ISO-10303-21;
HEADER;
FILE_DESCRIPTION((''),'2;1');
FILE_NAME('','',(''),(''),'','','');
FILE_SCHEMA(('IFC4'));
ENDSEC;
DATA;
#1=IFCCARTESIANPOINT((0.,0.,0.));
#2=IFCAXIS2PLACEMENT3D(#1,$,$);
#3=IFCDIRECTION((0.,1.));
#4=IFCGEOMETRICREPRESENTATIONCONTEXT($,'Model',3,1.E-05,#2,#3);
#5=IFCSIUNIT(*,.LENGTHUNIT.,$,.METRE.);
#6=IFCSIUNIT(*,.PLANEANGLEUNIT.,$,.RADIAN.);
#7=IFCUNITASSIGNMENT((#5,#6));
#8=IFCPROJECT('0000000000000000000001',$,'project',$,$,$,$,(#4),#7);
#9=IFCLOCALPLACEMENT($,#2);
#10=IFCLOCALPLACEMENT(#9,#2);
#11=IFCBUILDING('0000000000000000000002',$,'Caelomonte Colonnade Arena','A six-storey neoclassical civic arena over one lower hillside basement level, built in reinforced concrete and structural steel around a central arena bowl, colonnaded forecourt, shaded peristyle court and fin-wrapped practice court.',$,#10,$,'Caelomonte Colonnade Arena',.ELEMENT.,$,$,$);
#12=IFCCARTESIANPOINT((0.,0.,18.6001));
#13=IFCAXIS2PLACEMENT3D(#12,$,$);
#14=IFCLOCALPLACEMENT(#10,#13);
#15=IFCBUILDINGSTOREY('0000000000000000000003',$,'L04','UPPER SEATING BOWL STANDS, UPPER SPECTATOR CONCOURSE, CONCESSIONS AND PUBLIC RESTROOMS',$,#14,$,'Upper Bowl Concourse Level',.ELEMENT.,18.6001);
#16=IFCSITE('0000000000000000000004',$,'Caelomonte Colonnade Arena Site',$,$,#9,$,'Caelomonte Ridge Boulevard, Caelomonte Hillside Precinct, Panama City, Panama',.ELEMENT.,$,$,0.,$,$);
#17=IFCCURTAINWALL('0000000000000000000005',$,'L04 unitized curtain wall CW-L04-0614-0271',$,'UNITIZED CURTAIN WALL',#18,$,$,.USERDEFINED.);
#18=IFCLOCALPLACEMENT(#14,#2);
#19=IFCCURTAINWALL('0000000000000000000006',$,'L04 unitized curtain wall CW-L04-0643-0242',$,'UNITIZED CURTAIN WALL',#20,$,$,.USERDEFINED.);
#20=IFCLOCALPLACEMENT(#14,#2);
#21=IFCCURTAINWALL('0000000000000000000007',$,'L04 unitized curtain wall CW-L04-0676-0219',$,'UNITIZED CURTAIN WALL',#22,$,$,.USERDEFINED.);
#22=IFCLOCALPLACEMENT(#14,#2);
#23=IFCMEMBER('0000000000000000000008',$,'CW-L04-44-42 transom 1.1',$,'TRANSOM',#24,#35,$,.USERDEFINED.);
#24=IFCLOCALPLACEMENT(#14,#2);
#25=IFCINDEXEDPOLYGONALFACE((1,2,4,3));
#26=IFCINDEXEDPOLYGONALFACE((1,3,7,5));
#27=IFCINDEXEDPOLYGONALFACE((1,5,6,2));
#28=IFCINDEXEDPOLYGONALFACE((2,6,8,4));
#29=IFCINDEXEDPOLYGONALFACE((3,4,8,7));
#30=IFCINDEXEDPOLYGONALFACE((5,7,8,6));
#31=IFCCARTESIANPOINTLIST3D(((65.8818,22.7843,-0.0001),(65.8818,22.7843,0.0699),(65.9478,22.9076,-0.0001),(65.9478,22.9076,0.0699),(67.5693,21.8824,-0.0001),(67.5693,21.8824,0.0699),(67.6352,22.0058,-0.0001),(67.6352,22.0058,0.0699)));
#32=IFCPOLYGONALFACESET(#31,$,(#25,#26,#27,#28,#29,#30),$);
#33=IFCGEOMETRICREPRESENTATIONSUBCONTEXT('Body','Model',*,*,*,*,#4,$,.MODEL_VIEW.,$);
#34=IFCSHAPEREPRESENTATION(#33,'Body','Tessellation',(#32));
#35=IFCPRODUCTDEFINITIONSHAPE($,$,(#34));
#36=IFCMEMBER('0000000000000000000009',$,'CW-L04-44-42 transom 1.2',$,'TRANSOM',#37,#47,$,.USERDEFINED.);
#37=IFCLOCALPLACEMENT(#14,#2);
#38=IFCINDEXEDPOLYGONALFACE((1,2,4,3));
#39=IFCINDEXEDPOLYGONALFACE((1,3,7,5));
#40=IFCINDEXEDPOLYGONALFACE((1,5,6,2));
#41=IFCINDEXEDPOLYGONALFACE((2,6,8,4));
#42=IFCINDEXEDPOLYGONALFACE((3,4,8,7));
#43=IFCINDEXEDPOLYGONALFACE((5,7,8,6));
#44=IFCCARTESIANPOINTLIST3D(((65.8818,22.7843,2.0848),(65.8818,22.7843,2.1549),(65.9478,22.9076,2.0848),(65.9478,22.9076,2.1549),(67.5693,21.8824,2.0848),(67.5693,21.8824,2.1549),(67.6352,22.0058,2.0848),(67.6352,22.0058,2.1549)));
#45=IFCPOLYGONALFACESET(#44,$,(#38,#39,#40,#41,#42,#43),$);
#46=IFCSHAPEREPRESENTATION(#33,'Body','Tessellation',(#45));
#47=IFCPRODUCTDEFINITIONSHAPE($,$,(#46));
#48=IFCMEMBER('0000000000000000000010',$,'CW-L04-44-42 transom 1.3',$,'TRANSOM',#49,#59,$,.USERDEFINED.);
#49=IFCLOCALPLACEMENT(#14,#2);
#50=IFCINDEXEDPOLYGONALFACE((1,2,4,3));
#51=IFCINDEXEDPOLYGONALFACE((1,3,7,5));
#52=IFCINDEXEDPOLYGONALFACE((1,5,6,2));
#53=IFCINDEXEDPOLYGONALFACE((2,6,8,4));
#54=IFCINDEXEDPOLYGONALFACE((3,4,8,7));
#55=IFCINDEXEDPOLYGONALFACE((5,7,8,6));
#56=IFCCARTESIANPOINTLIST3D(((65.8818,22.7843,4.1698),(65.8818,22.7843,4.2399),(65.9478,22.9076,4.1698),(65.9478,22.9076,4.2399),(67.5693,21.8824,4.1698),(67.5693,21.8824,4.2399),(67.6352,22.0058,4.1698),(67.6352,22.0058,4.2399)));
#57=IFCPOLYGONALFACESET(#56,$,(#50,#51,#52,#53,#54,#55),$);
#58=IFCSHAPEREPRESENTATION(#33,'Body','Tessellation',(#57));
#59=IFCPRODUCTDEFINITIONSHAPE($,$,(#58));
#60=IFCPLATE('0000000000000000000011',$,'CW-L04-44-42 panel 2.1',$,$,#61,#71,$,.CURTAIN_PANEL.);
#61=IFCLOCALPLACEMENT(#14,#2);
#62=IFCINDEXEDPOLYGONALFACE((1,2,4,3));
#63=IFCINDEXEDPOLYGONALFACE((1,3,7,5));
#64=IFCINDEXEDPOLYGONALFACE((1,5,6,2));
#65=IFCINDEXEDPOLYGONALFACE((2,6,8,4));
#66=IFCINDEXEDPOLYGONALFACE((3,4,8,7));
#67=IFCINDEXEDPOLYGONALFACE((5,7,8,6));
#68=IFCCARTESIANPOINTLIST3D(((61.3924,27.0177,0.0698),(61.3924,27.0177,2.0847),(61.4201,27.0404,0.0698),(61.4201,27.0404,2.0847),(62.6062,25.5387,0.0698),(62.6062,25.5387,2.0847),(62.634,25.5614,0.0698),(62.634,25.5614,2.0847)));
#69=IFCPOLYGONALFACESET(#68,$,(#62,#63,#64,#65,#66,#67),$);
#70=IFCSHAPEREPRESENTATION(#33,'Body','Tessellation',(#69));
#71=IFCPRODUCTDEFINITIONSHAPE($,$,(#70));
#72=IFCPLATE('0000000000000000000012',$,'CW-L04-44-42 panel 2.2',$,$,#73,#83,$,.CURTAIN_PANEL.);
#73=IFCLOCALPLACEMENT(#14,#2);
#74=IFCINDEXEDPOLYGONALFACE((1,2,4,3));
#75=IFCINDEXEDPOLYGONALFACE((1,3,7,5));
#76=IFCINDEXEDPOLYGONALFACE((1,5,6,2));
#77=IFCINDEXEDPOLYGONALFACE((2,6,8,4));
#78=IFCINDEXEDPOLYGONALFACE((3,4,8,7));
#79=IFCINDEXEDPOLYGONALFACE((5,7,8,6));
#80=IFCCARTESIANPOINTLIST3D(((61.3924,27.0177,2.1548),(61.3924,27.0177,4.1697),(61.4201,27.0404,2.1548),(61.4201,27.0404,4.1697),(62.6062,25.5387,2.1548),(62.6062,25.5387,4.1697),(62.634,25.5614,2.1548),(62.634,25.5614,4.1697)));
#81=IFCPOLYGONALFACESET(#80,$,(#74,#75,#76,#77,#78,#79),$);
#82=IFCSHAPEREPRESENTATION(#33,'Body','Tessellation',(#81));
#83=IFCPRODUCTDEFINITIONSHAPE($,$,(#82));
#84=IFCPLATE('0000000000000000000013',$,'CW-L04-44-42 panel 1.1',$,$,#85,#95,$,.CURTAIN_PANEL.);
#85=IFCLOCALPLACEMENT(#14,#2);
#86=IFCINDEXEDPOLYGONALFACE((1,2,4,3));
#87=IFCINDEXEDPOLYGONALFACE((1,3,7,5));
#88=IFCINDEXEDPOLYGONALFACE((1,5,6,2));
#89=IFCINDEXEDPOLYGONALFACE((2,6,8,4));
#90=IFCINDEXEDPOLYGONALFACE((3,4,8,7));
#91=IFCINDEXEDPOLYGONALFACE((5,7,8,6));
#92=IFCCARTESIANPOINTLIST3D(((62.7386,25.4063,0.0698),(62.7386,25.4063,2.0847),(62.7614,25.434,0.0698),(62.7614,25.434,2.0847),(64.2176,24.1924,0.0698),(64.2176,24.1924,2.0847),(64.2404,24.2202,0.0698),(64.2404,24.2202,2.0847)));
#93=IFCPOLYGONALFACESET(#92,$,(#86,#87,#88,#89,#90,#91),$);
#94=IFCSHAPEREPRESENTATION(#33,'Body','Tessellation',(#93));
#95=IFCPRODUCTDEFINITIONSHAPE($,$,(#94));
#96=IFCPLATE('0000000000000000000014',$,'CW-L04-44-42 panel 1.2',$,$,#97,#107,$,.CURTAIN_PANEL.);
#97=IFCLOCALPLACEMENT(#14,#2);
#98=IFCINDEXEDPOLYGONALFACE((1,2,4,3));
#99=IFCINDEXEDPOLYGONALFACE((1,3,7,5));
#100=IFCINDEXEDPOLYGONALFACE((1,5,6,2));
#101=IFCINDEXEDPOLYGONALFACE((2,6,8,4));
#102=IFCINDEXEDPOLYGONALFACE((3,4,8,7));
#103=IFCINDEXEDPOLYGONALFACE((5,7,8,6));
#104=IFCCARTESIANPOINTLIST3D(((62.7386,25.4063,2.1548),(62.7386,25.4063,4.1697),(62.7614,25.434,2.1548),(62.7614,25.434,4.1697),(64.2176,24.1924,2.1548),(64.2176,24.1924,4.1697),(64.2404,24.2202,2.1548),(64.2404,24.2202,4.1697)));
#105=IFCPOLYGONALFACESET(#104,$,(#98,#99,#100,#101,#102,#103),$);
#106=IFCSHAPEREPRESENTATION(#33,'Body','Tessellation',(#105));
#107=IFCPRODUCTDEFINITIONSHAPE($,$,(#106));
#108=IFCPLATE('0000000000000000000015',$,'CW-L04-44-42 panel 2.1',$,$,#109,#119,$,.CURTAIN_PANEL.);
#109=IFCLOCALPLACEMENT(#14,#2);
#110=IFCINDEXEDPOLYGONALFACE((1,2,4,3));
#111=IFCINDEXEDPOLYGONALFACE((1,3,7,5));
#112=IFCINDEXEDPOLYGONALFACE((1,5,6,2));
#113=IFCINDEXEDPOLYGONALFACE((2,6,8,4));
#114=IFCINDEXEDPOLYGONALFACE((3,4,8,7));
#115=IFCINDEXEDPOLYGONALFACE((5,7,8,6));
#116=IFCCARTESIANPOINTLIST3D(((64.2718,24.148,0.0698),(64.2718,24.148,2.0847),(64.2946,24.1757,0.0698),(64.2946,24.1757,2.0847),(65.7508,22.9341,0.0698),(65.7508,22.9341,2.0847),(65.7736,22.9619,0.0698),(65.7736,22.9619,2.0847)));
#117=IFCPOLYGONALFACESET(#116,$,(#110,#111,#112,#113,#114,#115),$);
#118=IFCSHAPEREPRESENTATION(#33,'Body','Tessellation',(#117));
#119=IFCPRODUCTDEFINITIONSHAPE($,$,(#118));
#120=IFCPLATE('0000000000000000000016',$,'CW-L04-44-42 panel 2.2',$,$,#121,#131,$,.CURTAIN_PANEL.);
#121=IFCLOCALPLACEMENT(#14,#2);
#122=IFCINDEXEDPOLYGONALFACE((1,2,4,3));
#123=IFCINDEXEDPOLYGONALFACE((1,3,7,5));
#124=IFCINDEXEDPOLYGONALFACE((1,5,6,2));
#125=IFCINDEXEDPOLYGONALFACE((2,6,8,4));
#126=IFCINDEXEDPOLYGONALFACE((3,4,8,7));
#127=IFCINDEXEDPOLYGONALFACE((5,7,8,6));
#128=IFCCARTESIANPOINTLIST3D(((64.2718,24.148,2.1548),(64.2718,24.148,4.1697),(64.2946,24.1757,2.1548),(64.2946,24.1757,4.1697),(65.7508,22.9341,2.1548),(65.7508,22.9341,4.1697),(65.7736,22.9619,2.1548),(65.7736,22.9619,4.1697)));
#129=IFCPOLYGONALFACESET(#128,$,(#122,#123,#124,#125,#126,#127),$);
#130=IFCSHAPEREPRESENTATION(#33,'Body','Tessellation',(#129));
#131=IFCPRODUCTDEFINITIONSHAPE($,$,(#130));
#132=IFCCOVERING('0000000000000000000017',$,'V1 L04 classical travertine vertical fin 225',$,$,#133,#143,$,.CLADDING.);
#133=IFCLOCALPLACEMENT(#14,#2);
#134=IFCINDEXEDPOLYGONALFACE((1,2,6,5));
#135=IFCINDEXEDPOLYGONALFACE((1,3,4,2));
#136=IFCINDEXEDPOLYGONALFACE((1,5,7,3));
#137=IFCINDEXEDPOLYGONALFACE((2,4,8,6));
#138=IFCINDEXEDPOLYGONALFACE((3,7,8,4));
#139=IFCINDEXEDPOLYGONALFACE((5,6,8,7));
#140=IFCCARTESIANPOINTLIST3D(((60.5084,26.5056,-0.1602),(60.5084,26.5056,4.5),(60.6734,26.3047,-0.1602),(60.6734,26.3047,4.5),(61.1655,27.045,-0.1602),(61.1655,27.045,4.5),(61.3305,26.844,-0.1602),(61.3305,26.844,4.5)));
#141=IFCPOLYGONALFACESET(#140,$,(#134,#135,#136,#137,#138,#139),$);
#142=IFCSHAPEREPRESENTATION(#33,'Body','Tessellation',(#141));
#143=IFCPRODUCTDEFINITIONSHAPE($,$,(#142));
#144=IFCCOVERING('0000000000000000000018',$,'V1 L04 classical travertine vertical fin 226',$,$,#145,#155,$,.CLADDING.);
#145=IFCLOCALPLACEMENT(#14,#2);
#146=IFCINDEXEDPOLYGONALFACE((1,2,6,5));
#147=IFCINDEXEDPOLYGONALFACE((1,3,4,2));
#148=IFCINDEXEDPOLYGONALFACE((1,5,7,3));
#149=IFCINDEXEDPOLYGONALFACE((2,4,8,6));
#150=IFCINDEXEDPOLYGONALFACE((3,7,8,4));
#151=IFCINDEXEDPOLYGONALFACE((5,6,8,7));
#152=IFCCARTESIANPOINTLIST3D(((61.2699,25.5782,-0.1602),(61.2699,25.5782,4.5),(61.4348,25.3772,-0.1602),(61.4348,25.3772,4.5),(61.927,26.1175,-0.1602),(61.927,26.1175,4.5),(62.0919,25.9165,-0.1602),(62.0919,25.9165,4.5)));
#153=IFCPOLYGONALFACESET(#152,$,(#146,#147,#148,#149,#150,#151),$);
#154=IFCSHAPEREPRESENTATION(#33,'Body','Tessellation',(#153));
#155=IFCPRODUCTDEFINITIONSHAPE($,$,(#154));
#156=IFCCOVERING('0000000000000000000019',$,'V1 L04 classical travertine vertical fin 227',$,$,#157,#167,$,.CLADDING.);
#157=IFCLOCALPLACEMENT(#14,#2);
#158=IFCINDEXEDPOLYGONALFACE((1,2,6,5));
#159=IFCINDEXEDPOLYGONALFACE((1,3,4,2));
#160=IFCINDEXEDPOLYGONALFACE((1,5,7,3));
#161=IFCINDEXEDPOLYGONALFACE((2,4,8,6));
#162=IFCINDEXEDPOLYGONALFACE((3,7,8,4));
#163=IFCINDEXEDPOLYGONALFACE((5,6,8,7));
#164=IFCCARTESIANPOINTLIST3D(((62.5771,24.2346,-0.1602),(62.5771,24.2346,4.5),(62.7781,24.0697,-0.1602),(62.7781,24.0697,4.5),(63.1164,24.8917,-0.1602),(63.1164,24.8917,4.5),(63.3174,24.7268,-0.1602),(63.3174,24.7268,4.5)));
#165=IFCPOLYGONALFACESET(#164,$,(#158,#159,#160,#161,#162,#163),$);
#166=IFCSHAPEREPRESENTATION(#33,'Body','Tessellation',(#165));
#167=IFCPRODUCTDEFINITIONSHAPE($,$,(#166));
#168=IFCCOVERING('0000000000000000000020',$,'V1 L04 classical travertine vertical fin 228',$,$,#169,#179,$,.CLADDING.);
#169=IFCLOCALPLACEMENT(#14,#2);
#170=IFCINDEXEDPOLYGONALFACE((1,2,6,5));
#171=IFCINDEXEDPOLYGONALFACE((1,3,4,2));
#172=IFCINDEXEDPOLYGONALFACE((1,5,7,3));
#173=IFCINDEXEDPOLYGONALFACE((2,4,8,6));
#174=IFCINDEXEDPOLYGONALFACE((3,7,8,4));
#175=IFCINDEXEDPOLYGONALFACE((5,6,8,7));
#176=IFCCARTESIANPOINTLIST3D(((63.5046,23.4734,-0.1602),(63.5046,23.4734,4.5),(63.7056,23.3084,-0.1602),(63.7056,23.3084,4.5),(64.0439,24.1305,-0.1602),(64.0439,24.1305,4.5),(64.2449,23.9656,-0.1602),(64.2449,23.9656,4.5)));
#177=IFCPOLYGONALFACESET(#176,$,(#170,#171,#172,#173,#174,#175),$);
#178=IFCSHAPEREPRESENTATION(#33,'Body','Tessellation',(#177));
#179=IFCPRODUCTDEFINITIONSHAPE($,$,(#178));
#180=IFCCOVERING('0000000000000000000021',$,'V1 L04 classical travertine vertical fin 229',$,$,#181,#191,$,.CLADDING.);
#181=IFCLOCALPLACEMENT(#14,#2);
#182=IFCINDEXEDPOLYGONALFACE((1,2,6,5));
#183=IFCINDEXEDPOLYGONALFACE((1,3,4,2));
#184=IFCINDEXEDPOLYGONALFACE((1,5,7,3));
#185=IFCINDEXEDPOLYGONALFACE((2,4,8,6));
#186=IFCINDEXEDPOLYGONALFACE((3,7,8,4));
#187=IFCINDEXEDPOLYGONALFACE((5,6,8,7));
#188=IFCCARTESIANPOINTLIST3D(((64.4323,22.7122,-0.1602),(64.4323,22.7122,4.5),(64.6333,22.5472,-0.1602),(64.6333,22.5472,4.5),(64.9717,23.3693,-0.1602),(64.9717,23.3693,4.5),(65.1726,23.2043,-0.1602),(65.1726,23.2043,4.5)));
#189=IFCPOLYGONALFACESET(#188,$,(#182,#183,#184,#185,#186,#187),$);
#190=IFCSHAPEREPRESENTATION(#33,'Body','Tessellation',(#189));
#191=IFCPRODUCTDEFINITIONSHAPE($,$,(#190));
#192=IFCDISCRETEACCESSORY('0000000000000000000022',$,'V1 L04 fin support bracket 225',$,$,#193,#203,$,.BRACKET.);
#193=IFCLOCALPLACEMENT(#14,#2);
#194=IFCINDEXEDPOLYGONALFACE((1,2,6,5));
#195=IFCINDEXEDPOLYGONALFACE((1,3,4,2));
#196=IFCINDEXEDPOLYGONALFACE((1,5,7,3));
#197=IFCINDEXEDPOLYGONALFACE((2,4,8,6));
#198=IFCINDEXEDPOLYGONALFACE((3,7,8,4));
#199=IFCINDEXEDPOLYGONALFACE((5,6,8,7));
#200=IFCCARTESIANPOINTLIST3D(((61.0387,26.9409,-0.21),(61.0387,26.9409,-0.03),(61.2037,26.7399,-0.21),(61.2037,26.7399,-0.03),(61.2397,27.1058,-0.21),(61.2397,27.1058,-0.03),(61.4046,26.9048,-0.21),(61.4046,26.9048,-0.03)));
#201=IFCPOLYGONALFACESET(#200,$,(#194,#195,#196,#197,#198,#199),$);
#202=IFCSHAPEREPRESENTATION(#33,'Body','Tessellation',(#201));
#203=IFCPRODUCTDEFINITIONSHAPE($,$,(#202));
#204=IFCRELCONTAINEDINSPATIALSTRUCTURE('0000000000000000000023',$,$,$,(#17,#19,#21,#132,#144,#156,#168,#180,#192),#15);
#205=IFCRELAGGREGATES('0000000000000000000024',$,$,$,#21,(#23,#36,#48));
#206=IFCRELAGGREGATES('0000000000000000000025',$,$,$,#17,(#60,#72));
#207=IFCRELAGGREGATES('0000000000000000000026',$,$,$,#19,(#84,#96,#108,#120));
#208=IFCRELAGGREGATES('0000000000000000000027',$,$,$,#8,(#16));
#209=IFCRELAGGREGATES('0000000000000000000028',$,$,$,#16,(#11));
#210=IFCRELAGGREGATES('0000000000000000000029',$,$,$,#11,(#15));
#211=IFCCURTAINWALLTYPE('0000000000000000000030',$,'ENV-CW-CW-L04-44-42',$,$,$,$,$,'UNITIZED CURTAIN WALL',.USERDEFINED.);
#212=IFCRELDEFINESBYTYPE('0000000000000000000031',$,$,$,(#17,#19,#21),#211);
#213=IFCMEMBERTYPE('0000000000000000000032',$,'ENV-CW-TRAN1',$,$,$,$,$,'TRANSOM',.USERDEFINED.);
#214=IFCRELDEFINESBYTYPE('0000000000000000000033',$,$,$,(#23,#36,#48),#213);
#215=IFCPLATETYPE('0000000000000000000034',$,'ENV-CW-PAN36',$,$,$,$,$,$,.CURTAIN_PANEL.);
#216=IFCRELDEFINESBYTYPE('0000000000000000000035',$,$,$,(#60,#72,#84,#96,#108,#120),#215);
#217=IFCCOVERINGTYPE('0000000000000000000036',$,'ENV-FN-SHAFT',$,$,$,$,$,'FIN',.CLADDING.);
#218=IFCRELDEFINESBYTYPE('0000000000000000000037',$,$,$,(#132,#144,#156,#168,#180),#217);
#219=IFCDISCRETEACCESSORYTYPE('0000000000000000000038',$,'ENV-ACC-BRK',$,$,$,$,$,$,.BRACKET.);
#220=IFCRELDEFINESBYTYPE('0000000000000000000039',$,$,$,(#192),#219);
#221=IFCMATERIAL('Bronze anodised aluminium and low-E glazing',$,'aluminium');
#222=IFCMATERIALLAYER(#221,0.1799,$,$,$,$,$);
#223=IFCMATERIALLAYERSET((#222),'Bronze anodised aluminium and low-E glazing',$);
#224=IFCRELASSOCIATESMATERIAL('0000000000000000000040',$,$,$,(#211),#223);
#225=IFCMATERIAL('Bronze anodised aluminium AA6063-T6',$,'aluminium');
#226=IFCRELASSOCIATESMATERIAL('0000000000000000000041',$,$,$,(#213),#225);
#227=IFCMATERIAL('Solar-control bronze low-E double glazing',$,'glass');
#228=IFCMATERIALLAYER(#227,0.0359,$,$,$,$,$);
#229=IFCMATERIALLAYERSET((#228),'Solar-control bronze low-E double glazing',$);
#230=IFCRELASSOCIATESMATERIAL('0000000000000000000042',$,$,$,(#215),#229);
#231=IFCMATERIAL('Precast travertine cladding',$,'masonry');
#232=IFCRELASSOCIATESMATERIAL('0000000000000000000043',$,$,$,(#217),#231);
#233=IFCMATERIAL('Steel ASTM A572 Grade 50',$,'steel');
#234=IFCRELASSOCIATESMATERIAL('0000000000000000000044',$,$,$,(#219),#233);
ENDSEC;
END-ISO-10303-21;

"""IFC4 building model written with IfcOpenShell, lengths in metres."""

from ifc_helpers import new_model, si_unit, direction, frame, origin, origin_2d, place, context, subcontext, project, spatial, rectangle, extrude, material, layer, layer_set, material_profile, profile_set, type_object, element, aggregate, save


model = new_model("IFC4")

# Units and contexts
model_context = context("Model", 3, precision=1e-05, world=origin(), true_north=direction((0.0, 1.0)))
body_context = subcontext(model_context, "Body", "Model", "MODEL_VIEW")
ifc_project = project(units=[si_unit("LENGTHUNIT", "METRE"), si_unit("PLANEANGLEUNIT", "RADIAN")], contexts=[model_context])

# Site, building, storey
site_placement = place(None, origin())
site = spatial("IfcSite", under=ifc_project, at=site_placement, Name="Caelomonte Colonnade Arena Site", LongName="Caelomonte Ridge Boulevard, Caelomonte Hillside Precinct, Panama City, Panama", CompositionType="ELEMENT", RefElevation=0.0)
building_placement = place(site_placement, origin())
building = spatial("IfcBuilding", under=site, at=building_placement, Name="Caelomonte Colonnade Arena", Description="A six-storey neoclassical civic arena over one lower hillside basement level, built in reinforced concrete and structural steel around a central arena bowl, colonnaded forecourt, shaded peristyle court and fin-wrapped practice court.", LongName="Caelomonte Colonnade Arena", CompositionType="ELEMENT")
storey_placement = place(building_placement, frame((0.0, 0.0, 18.6001)))
storey = spatial("IfcBuildingStorey", under=building, at=storey_placement, Name="L04", Description="UPPER SEATING BOWL STANDS, UPPER SPECTATOR CONCOURSE, CONCESSIONS AND PUBLIC RESTROOMS", LongName="Upper Bowl Concourse Level", CompositionType="ELEMENT", Elevation=18.6001)

# Curtain wall
ifc_material_1 = material(Name="Bronze anodised aluminium and low-E glazing", Category="aluminium")
ifc_layer_1 = layer(ifc_material_1, 0.1799)
ifc_layer_set_1 = layer_set([ifc_layer_1], Name="Bronze anodised aluminium and low-E glazing")
curtain_wall_type = type_object("IfcCurtainWallType", Name="ENV-CW-CW-L04-44-42", ElementType="UNITIZED CURTAIN WALL", PredefinedType="USERDEFINED", material=ifc_layer_set_1)
curtain_wall_1_placement = place(storey_placement, origin())
curtain_wall_1 = element("IfcCurtainWall", 1, at=curtain_wall_1_placement, inside=storey, type_object=curtain_wall_type, Name="L04 unitized curtain wall CW-L04-0614-0271", ObjectType="UNITIZED CURTAIN WALL", PredefinedType="USERDEFINED")
ifc_material_2 = material(Name="Bronze anodised aluminium AA6063-T6", Category="aluminium")

# Curtain wall
curtain_wall_2_placement = place(storey_placement, origin())
curtain_wall_2 = element("IfcCurtainWall", 2, at=curtain_wall_2_placement, inside=storey, type_object=curtain_wall_type, Name="L04 unitized curtain wall CW-L04-0643-0242", ObjectType="UNITIZED CURTAIN WALL", PredefinedType="USERDEFINED")

# Curtain wall
curtain_wall_3_placement = place(storey_placement, origin())
curtain_wall_3 = element("IfcCurtainWall", 3, at=curtain_wall_3_placement, inside=storey, type_object=curtain_wall_type, Name="L04 unitized curtain wall CW-L04-0676-0219", ObjectType="UNITIZED CURTAIN WALL", PredefinedType="USERDEFINED")

# Members
ifc_material_profile_1 = material_profile(ifc_material_2, rectangle(XDim=0.0701, YDim=0.1399, at=origin_2d()), Name="CWT-70X140")
ifc_profile_set_1 = profile_set([ifc_material_profile_1], Name="Bronze anodised aluminium AA6063-T6")
member_type_1 = type_object("IfcMemberType", Name="ENV-CW-TRAN1", ElementType="TRANSOM", PredefinedType="USERDEFINED", material=ifc_profile_set_1)
member_1_placement = place(storey_placement, frame((65.9148, 22.8459, 0.0349), z_axis=(0.88195, -0.471343, 0.0), x_axis=(0.0, 0.0, 1.0)))
member_1 = element("IfcMember", 4, at=member_1_placement, type_object=member_type_1, Name="CW-L04-44-42 transom 1.1", ObjectType="TRANSOM", PredefinedType="USERDEFINED", context=body_context, shape_type="SweptSolid", body=[
    extrude(rectangle(XDim=0.0701, YDim=0.1399, at=origin_2d()), origin(), (0.0, 0.0, 1.0), 1.9133),
])
member_2_placement = place(storey_placement, frame((65.9148, 22.8459, 2.1199), z_axis=(0.88195, -0.471343, 0.0), x_axis=(0.0, 0.0, 1.0)))
member_2 = element("IfcMember", 5, at=member_2_placement, type_object=member_type_1, Name="CW-L04-44-42 transom 1.2", ObjectType="TRANSOM", PredefinedType="USERDEFINED", context=body_context, shape_type="SweptSolid", body=[
    extrude(rectangle(XDim=0.0701, YDim=0.1399, at=origin_2d()), origin(), (0.0, 0.0, 1.0), 1.9133),
])
member_3_placement = place(storey_placement, frame((65.9148, 22.8459, 4.2048), z_axis=(0.88195, -0.471343, 0.0), x_axis=(0.0, 0.0, 1.0)))
member_3 = element("IfcMember", 6, at=member_3_placement, type_object=member_type_1, Name="CW-L04-44-42 transom 1.3", ObjectType="TRANSOM", PredefinedType="USERDEFINED", context=body_context, shape_type="SweptSolid", body=[
    extrude(rectangle(XDim=0.0701, YDim=0.1399, at=origin_2d()), origin(), (0.0, 0.0, 1.0), 1.9133),
])
aggregate(curtain_wall_3, [member_1, member_2, member_3])

# Plates
ifc_material_3 = material(Name="Solar-control bronze low-E double glazing", Category="glass")
ifc_layer_2 = layer(ifc_material_3, 0.0359)
ifc_layer_set_2 = layer_set([ifc_layer_2], Name="Solar-control bronze low-E double glazing")
plate_type = type_object("IfcPlateType", Name="ENV-CW-PAN36", PredefinedType="CURTAIN_PANEL", material=ifc_layer_set_2)
plate_1_placement = place(storey_placement, frame((62.0132, 26.2896, 0.0698), z_axis=(0.0, 0.0, 1.0), x_axis=(0.634416, -0.772992, 0.0)))
plate_1 = element("IfcPlate", 7, at=plate_1_placement, type_object=plate_type, Name="CW-L04-44-42 panel 2.1", PredefinedType="CURTAIN_PANEL", context=body_context, shape_type="SweptSolid", body=[
    extrude(rectangle(XDim=1.9133, YDim=0.0359, at=origin_2d()), origin(), (0.0, 0.0, 1.0), 2.0149),
])
plate_2_placement = place(storey_placement, frame((62.0132, 26.2896, 2.1548), z_axis=(0.0, 0.0, 1.0), x_axis=(0.634416, -0.772992, 0.0)))
plate_2 = element("IfcPlate", 8, at=plate_2_placement, type_object=plate_type, Name="CW-L04-44-42 panel 2.2", PredefinedType="CURTAIN_PANEL", context=body_context, shape_type="SweptSolid", body=[
    extrude(rectangle(XDim=1.9133, YDim=0.0359, at=origin_2d()), origin(), (0.0, 0.0, 1.0), 2.0149),
])
aggregate(curtain_wall_1, [plate_1, plate_2])
plate_3_placement = place(storey_placement, frame((63.4895, 24.8132, 0.0698), z_axis=(0.0, 0.0, 1.0), x_axis=(0.772992, -0.634416, 0.0)))
plate_3 = element("IfcPlate", 9, at=plate_3_placement, type_object=plate_type, Name="CW-L04-44-42 panel 1.1", PredefinedType="CURTAIN_PANEL", context=body_context, shape_type="SweptSolid", body=[
    extrude(rectangle(XDim=1.9133, YDim=0.0359, at=origin_2d()), origin(), (0.0, 0.0, 1.0), 2.0149),
])
plate_4_placement = place(storey_placement, frame((63.4895, 24.8132, 2.1548), z_axis=(0.0, 0.0, 1.0), x_axis=(0.772992, -0.634416, 0.0)))
plate_4 = element("IfcPlate", 10, at=plate_4_placement, type_object=plate_type, Name="CW-L04-44-42 panel 1.2", PredefinedType="CURTAIN_PANEL", context=body_context, shape_type="SweptSolid", body=[
    extrude(rectangle(XDim=1.9133, YDim=0.0359, at=origin_2d()), origin(), (0.0, 0.0, 1.0), 2.0149),
])
plate_5_placement = place(storey_placement, frame((65.0227, 23.5549, 0.0698), z_axis=(0.0, 0.0, 1.0), x_axis=(0.772992, -0.634416, 0.0)))
plate_5 = element("IfcPlate", 11, at=plate_5_placement, type_object=plate_type, Name="CW-L04-44-42 panel 2.1", PredefinedType="CURTAIN_PANEL", context=body_context, shape_type="SweptSolid", body=[
    extrude(rectangle(XDim=1.9133, YDim=0.0359, at=origin_2d()), origin(), (0.0, 0.0, 1.0), 2.0149),
])
plate_6_placement = place(storey_placement, frame((65.0227, 23.5549, 2.1548), z_axis=(0.0, 0.0, 1.0), x_axis=(0.772992, -0.634416, 0.0)))
plate_6 = element("IfcPlate", 12, at=plate_6_placement, type_object=plate_type, Name="CW-L04-44-42 panel 2.2", PredefinedType="CURTAIN_PANEL", context=body_context, shape_type="SweptSolid", body=[
    extrude(rectangle(XDim=1.9133, YDim=0.0359, at=origin_2d()), origin(), (0.0, 0.0, 1.0), 2.0149),
])
aggregate(curtain_wall_2, [plate_3, plate_4, plate_5, plate_6])

# Coverings
ifc_material_4 = material(Name="Precast travertine cladding", Category="masonry")
ifc_material_profile_2 = material_profile(ifc_material_4, rectangle(XDim=0.26, YDim=0.8501, at=origin_2d()), Name="FIN260X850")
ifc_profile_set_2 = profile_set([ifc_material_profile_2], Name="Precast travertine cladding")
covering_type = type_object("IfcCoveringType", Name="ENV-FN-SHAFT", ElementType="FIN", PredefinedType="CLADDING", material=ifc_profile_set_2)
for number, where, z_axis, x_axis, name in (
    (13, (60.9194, 26.6748, -0.1602), (0.0, 0.0, 1.0), (-0.634414, 0.772994, 0.0), "V1 L04 classical travertine vertical fin 225"),
    (14, (61.6809, 25.7473, -0.1602), (0.0, 0.0, 1.0), (-0.634414, 0.772994, 0.0), "V1 L04 classical travertine vertical fin 226"),
    (15, (62.9473, 24.4807, -0.1602), (0.0, 0.0, 1.0), (-0.772994, 0.634414, 0.0), "V1 L04 classical travertine vertical fin 227"),
    (16, (63.8748, 23.7195, -0.1602), (0.0, 0.0, 1.0), (-0.772994, 0.634414, 0.0), "V1 L04 classical travertine vertical fin 228"),
    (17, (64.8025, 22.9583, -0.1602), (0.0, 0.0, 1.0), (-0.772994, 0.634414, 0.0), "V1 L04 classical travertine vertical fin 229"),
):
    element("IfcCovering", number, at=place(storey_placement, frame(where, z_axis=z_axis, x_axis=x_axis)), inside=storey, type_object=covering_type, Name=name, PredefinedType="CLADDING", context=body_context, shape_type="SweptSolid", body=[
        extrude(rectangle(XDim=0.26, YDim=0.8501, at=origin_2d()), origin(), (0.0, 0.0, 1.0), 4.6602),
    ])

# Discrete accessory
ifc_material_5 = material(Name="Steel ASTM A572 Grade 50", Category="steel")
discrete_accessory_type = type_object("IfcDiscreteAccessoryType", Name="ENV-ACC-BRK", PredefinedType="BRACKET", material=ifc_material_5)
for number, where, z_axis, x_axis, name in (
    (18, (61.2217, 26.9229, -0.21), (0.0, 0.0, 1.0), (0.634414, -0.772994, 0.0), "V1 L04 fin support bracket 225"),
):
    element("IfcDiscreteAccessory", number, at=place(storey_placement, frame(where, z_axis=z_axis, x_axis=x_axis)), inside=storey, type_object=discrete_accessory_type, Name=name, PredefinedType="BRACKET", context=body_context, shape_type="SweptSolid", body=[
        extrude(rectangle(XDim=0.26, YDim=0.26, at=origin_2d()), origin(), (0.0, 0.0, 1.0), 0.1799),
    ])

save(model, "model.ifc")
